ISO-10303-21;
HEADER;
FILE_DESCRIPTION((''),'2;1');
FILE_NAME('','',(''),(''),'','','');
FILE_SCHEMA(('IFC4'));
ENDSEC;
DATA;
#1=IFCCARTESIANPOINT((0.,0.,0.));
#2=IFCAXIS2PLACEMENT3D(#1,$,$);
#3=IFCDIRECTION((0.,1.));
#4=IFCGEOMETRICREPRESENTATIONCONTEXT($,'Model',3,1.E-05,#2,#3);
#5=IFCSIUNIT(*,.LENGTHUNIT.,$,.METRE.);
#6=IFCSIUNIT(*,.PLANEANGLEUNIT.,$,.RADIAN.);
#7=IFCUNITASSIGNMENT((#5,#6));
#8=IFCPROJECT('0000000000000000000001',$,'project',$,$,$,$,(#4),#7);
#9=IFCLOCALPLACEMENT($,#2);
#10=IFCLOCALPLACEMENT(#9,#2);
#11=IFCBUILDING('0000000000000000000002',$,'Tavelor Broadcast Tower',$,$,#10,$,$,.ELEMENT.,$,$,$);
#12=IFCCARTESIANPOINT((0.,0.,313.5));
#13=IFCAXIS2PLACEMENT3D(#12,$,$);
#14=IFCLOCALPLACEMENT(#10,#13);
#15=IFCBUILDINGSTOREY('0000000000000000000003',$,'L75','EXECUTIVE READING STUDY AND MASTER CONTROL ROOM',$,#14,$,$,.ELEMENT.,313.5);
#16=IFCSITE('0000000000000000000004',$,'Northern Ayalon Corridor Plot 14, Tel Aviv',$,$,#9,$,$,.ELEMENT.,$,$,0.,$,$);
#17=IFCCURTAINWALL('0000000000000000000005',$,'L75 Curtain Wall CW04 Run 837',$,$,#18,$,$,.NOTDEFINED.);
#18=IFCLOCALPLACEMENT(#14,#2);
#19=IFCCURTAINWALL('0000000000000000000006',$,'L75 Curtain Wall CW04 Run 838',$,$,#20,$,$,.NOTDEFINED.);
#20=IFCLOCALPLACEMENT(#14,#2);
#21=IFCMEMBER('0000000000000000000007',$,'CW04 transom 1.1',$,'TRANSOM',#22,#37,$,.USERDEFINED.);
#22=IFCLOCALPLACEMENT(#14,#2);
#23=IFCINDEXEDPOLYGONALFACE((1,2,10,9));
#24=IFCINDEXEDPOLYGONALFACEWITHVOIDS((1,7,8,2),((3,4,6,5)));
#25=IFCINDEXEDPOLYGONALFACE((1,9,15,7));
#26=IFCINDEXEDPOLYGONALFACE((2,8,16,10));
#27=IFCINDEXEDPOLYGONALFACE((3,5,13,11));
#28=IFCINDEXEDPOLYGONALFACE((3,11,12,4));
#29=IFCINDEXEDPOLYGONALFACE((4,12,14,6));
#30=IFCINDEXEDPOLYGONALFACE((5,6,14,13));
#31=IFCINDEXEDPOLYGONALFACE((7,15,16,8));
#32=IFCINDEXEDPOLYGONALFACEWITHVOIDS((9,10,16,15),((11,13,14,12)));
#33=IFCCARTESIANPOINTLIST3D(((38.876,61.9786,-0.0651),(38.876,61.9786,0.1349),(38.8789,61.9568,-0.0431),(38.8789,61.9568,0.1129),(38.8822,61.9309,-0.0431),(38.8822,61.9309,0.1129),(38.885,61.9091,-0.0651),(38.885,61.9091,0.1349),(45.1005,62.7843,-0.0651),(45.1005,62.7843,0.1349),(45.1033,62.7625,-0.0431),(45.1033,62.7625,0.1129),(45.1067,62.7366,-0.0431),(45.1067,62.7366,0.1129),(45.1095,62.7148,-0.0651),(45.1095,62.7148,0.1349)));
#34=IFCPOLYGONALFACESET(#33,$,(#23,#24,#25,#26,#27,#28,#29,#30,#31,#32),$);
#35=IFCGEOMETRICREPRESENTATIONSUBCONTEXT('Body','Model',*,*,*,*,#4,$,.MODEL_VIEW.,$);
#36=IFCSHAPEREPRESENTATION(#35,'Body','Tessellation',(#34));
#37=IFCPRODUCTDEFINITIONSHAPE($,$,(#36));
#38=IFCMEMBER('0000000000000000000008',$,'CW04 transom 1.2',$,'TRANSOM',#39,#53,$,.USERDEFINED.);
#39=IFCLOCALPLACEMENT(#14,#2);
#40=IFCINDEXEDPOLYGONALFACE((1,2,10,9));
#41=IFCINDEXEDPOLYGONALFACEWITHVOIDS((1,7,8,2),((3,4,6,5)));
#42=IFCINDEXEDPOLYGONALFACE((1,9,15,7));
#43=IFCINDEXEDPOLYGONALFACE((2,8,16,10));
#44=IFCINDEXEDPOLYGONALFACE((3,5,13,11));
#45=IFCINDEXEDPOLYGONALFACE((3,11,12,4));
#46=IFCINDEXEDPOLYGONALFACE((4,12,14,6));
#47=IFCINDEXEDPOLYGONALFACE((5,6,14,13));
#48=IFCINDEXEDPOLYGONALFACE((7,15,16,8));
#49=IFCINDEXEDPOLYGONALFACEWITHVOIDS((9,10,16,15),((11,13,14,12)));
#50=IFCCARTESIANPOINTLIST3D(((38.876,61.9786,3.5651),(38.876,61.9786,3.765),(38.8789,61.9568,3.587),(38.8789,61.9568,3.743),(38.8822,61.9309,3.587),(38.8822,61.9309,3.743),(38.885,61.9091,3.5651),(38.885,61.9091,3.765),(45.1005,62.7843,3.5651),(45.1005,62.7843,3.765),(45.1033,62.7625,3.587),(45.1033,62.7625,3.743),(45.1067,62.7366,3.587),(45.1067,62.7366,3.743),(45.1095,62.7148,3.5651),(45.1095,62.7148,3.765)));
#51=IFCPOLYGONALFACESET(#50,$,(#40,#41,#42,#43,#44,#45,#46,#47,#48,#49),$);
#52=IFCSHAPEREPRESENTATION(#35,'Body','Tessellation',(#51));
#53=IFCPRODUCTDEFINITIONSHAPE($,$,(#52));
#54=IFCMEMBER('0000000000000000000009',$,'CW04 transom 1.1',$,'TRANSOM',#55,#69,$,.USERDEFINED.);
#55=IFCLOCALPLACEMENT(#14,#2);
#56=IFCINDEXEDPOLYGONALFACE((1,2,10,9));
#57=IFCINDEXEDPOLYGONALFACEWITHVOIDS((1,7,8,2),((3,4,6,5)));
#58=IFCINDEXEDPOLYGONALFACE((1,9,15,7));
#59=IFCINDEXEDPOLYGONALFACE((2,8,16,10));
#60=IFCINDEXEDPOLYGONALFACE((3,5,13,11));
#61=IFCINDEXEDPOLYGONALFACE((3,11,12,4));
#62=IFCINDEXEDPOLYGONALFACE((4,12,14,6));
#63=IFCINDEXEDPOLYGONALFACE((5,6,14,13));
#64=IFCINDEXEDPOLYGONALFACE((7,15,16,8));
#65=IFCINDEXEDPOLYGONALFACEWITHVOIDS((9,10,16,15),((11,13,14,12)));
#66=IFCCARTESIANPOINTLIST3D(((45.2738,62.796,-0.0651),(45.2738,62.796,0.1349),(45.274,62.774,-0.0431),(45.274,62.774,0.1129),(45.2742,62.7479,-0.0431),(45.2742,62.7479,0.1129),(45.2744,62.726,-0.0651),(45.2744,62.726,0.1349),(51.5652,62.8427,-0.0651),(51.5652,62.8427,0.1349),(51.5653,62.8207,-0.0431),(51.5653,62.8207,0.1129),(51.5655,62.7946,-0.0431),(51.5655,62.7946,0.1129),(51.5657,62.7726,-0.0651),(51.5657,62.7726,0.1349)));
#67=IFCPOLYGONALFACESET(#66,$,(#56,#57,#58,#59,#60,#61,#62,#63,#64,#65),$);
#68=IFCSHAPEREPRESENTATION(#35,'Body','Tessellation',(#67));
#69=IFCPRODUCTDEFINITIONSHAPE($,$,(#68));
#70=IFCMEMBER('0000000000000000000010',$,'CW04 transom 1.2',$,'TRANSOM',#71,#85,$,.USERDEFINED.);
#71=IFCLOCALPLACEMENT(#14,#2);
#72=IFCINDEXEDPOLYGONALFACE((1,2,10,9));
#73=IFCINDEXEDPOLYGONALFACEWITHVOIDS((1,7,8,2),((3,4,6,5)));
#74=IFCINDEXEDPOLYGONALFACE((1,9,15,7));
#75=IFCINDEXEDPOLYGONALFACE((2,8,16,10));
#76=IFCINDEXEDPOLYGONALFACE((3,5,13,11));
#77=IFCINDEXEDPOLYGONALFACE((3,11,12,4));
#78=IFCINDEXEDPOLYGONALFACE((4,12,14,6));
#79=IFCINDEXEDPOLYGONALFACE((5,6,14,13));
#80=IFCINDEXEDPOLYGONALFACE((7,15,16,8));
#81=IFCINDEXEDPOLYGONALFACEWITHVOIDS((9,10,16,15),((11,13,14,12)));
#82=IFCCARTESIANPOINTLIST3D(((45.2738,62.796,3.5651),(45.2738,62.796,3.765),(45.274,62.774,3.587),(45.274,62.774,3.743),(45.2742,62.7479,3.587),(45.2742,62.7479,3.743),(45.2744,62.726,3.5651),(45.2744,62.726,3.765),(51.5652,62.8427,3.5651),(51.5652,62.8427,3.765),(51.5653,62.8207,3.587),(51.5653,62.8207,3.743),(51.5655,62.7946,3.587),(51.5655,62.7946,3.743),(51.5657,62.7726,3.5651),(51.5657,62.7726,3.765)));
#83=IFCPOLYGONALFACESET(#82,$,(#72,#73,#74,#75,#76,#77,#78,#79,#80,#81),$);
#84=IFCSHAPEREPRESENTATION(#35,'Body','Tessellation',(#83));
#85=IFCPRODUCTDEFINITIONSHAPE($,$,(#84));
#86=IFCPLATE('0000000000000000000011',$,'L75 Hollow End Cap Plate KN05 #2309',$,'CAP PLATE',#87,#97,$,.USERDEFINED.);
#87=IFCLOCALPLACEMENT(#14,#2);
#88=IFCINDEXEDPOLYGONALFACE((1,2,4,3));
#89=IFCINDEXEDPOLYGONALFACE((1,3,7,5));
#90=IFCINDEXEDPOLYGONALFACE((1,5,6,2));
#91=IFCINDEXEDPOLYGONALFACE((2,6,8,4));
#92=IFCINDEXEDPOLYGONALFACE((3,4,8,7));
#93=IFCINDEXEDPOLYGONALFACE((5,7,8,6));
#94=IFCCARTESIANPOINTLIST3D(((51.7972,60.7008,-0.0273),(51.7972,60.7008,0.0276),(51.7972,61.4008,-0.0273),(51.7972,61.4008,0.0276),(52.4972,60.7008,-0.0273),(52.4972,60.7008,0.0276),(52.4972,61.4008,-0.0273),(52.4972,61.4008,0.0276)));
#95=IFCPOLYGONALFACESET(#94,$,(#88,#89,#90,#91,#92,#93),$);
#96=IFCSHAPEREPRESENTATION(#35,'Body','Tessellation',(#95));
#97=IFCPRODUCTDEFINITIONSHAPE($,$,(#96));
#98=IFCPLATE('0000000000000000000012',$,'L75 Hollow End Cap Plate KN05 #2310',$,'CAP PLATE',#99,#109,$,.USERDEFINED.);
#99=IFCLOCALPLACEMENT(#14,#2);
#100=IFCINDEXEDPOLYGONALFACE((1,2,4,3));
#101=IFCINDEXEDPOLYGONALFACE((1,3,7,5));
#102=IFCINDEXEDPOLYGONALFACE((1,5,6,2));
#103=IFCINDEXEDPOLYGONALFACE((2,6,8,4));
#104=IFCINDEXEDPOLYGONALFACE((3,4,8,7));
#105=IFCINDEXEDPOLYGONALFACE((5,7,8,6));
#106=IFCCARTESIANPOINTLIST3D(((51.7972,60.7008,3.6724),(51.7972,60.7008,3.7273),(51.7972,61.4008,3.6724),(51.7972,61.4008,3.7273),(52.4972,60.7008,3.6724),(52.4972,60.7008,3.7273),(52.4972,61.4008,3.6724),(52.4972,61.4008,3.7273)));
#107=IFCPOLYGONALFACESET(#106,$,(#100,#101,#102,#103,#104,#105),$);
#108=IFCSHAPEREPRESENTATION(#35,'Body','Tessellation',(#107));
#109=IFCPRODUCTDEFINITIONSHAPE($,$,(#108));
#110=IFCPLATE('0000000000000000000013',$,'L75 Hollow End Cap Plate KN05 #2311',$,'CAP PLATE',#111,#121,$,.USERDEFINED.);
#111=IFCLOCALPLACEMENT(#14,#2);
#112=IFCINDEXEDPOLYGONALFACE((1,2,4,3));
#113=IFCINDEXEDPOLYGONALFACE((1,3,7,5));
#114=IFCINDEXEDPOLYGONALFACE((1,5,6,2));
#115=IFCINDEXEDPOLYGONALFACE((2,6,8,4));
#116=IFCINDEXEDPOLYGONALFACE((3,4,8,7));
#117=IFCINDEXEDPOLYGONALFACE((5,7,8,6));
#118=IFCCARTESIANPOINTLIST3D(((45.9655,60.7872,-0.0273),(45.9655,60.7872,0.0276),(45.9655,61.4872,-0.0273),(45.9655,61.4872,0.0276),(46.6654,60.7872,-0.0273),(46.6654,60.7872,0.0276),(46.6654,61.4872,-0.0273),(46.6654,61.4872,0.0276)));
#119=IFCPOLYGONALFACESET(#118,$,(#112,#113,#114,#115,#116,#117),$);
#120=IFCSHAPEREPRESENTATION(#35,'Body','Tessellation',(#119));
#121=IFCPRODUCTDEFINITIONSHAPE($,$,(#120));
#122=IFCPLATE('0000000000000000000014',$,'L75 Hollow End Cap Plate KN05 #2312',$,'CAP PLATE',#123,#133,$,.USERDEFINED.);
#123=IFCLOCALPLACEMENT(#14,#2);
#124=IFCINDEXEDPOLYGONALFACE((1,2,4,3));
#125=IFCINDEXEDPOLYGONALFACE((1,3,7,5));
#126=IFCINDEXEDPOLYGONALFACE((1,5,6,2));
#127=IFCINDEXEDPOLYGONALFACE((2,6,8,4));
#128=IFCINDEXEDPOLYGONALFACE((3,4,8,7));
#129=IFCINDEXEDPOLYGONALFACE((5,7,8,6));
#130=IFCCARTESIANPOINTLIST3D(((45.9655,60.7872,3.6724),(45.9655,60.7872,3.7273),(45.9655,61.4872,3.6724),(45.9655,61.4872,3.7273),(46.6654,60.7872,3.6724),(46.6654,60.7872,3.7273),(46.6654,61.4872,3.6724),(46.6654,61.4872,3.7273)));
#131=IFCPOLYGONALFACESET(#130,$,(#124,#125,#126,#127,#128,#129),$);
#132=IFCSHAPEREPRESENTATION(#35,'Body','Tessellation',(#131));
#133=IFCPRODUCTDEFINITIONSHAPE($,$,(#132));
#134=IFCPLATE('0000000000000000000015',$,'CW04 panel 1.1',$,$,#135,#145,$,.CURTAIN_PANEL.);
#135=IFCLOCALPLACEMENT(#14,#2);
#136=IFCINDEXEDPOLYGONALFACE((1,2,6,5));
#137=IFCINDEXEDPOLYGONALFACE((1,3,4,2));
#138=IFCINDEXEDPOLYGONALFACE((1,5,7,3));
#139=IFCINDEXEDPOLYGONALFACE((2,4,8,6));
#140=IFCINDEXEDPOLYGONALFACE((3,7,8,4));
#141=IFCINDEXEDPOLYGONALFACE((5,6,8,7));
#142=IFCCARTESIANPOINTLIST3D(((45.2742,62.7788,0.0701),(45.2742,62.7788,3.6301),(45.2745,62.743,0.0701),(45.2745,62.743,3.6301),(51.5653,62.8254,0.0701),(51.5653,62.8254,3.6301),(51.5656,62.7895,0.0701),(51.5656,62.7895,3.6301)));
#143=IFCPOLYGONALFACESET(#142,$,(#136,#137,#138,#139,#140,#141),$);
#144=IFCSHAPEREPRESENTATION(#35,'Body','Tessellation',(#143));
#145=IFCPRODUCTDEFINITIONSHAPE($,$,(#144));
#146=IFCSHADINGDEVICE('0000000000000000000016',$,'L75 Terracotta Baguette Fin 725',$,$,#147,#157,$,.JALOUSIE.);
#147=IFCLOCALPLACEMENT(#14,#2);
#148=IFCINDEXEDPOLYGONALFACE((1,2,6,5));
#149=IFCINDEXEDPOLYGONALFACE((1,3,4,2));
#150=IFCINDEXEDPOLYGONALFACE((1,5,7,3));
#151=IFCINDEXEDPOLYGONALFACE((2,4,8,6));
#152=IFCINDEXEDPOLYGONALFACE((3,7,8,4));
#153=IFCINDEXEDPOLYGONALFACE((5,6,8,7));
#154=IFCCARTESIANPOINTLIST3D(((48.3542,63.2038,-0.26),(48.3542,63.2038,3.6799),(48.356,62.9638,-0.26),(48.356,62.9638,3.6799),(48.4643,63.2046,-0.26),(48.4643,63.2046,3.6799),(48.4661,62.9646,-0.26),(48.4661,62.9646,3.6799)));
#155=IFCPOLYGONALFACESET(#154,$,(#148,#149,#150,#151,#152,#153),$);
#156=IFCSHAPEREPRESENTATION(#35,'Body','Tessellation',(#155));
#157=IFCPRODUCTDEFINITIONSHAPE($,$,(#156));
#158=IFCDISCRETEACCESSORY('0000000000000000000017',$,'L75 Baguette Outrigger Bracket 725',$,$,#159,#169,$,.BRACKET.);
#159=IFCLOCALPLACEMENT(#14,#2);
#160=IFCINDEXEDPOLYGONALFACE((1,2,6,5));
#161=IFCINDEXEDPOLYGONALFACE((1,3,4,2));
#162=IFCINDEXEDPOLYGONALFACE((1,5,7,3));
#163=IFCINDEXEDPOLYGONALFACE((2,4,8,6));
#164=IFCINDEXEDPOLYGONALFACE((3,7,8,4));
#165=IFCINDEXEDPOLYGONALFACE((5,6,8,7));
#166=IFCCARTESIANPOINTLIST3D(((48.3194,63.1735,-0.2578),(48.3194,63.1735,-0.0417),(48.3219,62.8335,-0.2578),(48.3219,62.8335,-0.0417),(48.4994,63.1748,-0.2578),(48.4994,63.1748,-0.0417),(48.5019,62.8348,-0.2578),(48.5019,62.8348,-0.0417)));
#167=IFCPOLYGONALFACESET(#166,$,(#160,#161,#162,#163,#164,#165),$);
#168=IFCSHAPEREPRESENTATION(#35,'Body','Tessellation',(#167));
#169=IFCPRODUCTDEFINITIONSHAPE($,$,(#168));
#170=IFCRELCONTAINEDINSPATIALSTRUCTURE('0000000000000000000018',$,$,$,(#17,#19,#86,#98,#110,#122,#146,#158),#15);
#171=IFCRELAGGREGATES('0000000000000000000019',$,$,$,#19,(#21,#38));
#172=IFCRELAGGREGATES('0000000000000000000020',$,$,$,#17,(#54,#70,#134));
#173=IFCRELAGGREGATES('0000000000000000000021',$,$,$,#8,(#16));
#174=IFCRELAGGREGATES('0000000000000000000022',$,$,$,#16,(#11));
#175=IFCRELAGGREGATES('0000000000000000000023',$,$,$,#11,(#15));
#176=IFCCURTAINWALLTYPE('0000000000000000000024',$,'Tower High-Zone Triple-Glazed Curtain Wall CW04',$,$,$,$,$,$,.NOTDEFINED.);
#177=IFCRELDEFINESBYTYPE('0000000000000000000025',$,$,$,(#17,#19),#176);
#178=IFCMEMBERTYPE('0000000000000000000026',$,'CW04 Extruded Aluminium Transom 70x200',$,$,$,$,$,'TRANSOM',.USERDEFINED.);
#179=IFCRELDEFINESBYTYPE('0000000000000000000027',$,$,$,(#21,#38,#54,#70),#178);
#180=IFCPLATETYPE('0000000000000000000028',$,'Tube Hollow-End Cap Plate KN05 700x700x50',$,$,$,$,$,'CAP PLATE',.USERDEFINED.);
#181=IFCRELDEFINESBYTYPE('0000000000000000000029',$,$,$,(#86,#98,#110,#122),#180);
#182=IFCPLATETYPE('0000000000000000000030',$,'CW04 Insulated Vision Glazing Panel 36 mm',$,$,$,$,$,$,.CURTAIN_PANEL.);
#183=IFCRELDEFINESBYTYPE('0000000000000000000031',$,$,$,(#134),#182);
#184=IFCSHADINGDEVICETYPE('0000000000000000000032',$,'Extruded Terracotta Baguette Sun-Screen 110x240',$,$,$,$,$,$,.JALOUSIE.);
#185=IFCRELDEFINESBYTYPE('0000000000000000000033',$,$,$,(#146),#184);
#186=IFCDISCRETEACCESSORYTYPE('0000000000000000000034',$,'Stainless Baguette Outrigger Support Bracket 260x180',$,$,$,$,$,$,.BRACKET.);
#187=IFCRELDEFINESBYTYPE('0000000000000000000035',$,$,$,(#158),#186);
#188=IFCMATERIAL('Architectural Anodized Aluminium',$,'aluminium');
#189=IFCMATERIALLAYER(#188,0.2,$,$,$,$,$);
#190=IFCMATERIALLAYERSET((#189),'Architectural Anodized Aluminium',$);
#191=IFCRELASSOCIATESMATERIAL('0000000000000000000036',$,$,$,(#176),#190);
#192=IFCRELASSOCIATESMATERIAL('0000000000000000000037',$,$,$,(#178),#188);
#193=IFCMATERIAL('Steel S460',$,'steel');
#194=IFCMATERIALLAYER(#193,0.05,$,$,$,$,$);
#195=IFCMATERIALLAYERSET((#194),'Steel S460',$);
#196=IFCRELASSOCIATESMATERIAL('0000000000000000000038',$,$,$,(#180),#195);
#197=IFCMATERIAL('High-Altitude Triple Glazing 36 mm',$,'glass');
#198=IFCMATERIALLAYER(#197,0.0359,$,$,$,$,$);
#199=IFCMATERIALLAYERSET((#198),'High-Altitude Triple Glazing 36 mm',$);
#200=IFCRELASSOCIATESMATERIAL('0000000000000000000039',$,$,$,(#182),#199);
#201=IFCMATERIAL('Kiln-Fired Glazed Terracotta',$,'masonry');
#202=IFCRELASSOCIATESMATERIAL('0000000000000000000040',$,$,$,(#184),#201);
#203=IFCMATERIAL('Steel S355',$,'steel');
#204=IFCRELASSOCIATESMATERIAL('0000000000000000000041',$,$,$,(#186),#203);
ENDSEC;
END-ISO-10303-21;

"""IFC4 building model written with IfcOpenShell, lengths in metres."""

from ifc_helpers import new_model, si_unit, direction, frame, origin, origin_2d, place, context, subcontext, project, spatial, rectangle, hollow_rectangle, extrude, source, transform, mapped, material, layer, layer_set, material_profile, profile_set, type_object, type_shapes, element, aggregate, save


model = new_model("IFC4")

# Units and contexts
model_context = context("Model", 3, precision=1e-05, world=origin(), true_north=direction((0.0, 1.0)))
body_context = subcontext(model_context, "Body", "Model", "MODEL_VIEW")
ifc_project = project(units=[si_unit("LENGTHUNIT", "METRE"), si_unit("PLANEANGLEUNIT", "RADIAN")], contexts=[model_context])

# Site, building, storey
site_placement = place(None, origin())
site = spatial("IfcSite", under=ifc_project, at=site_placement, Name="Northern Ayalon Corridor Plot 14, Tel Aviv", CompositionType="ELEMENT", RefElevation=0.0)
building_placement = place(site_placement, origin())
building = spatial("IfcBuilding", under=site, at=building_placement, Name="Tavelor Broadcast Tower", CompositionType="ELEMENT")
storey_placement = place(building_placement, frame((0.0, 0.0, 313.5)))
storey = spatial("IfcBuildingStorey", under=building, at=storey_placement, Name="L75", Description="EXECUTIVE READING STUDY AND MASTER CONTROL ROOM", CompositionType="ELEMENT", Elevation=313.5)

# Shared definitions
ifc_material_1 = material(Name="Steel S460", Category="steel")

# Shared definitions
ifc_material_2 = material(Name="Steel S355", Category="steel")

# Curtain walls, members
ifc_material_3 = material(Name="Architectural Anodized Aluminium", Category="aluminium")
ifc_layer_1 = layer(ifc_material_3, 0.2)
ifc_layer_set_1 = layer_set([ifc_layer_1], Name="Architectural Anodized Aluminium")
curtain_wall_type = type_object("IfcCurtainWallType", Name="Tower High-Zone Triple-Glazed Curtain Wall CW04", PredefinedType="NOTDEFINED", material=ifc_layer_set_1)
curtain_wall_1_placement = place(storey_placement, origin())
curtain_wall_1 = element("IfcCurtainWall", 1, at=curtain_wall_1_placement, inside=storey, type_object=curtain_wall_type, Name="L75 Curtain Wall CW04 Run 837", PredefinedType="NOTDEFINED")
curtain_wall_2_placement = place(storey_placement, origin())
curtain_wall_2 = element("IfcCurtainWall", 2, at=curtain_wall_2_placement, inside=storey, type_object=curtain_wall_type, Name="L75 Curtain Wall CW04 Run 838", PredefinedType="NOTDEFINED")
ifc_material_profile_1 = material_profile(ifc_material_3, hollow_rectangle(XDim=0.0701, YDim=0.2, WallThickness=0.022, at=origin_2d()), Name="RHS 70x200x22")
ifc_profile_set_1 = profile_set([ifc_material_profile_1], Name="Architectural Anodized Aluminium")
member_type_1 = type_object("IfcMemberType", Name="CW04 Extruded Aluminium Transom 70x200", ElementType="TRANSOM", PredefinedType="USERDEFINED", material=ifc_profile_set_1)
shared_shape_1 = source(origin(), body_context, "Body", "SweptSolid", [
    extrude(hollow_rectangle(XDim=0.0701, YDim=0.2, WallThickness=0.022, at=origin_2d()), origin(), (0.0, 0.0, 1.0), 6.2764),
])
member_1_placement = place(storey_placement, frame((45.105, 62.7495, 0.0349), z_axis=(-0.991727, -0.128366, 0.0), x_axis=(0.128366, -0.991727, 0.0)))
member_1 = element("IfcMember", 3, at=member_1_placement, type_object=member_type_1, Name="CW04 transom 1.1", ObjectType="TRANSOM", PredefinedType="USERDEFINED", context=body_context, shape_type="MappedRepresentation", body=[
    mapped(shared_shape_1, transform((0.0, 0.0, 0.0), scale=1.0)),
])
member_2_placement = place(storey_placement, frame((45.105, 62.7495, 3.665), z_axis=(-0.991727, -0.128366, 0.0), x_axis=(0.128366, -0.991727, 0.0)))
member_2 = element("IfcMember", 4, at=member_2_placement, type_object=member_type_1, Name="CW04 transom 1.2", ObjectType="TRANSOM", PredefinedType="USERDEFINED", context=body_context, shape_type="MappedRepresentation", body=[
    mapped(shared_shape_1, transform((0.0, 0.0, 0.0), scale=1.0)),
])
aggregate(curtain_wall_2, [member_1, member_2])

# Members
shared_shape_2 = source(origin(), body_context, "Body", "SweptSolid", [
    extrude(hollow_rectangle(XDim=0.0701, YDim=0.2, WallThickness=0.022, at=origin_2d()), origin(), (0.0, 0.0, 1.0), 6.2915),
])
type_shapes(member_type_1, [shared_shape_1, shared_shape_2])
member_3_placement = place(storey_placement, frame((51.5654, 62.8076, 0.0349), z_axis=(-0.999973, -0.007412, 0.0), x_axis=(0.007412, -0.999973, 0.0)))
member_3 = element("IfcMember", 5, at=member_3_placement, type_object=member_type_1, Name="CW04 transom 1.1", ObjectType="TRANSOM", PredefinedType="USERDEFINED", context=body_context, shape_type="MappedRepresentation", body=[
    mapped(shared_shape_2, transform((0.0, 0.0, 0.0), scale=1.0)),
])
member_4_placement = place(storey_placement, frame((51.5654, 62.8076, 3.665), z_axis=(-0.999973, -0.007412, 0.0), x_axis=(0.007412, -0.999973, 0.0)))
member_4 = element("IfcMember", 6, at=member_4_placement, type_object=member_type_1, Name="CW04 transom 1.2", ObjectType="TRANSOM", PredefinedType="USERDEFINED", context=body_context, shape_type="MappedRepresentation", body=[
    mapped(shared_shape_2, transform((0.0, 0.0, 0.0), scale=1.0)),
])

# Plates
ifc_layer_2 = layer(ifc_material_1, 0.05)
ifc_layer_set_2 = layer_set([ifc_layer_2], Name="Steel S460")
plate_type_1 = type_object("IfcPlateType", Name="Tube Hollow-End Cap Plate KN05 700x700x50", ElementType="CAP PLATE", PredefinedType="USERDEFINED", material=ifc_layer_set_2)
shared_shape_3 = source(origin(), body_context, "Body", "SweptSolid", [
    extrude(rectangle(XDim=0.7, YDim=0.7, at=origin_2d()), origin(), (0.0, 0.0, 1.0), 0.0549),
])
type_shapes(plate_type_1, [shared_shape_3])
for number, where, z_axis, x_axis, name in (
    (7, (52.1472, 61.0508, -0.0273), (0.0, 0.0, 1.0), (1.0, 0.0, 0.0), "L75 Hollow End Cap Plate KN05 #2309"),
    (8, (52.1472, 61.0508, 3.6724), (0.0, 0.0, 1.0), (1.0, 0.0, 0.0), "L75 Hollow End Cap Plate KN05 #2310"),
    (9, (46.3154, 61.1372, -0.0273), (0.0, 0.0, 1.0), (1.0, 0.0, 0.0), "L75 Hollow End Cap Plate KN05 #2311"),
    (10, (46.3154, 61.1372, 3.6724), (0.0, 0.0, 1.0), (1.0, 0.0, 0.0), "L75 Hollow End Cap Plate KN05 #2312"),
):
    element("IfcPlate", number, at=place(storey_placement, frame(where, z_axis=z_axis, x_axis=x_axis)), inside=storey, type_object=plate_type_1, Name=name, ObjectType="CAP PLATE", PredefinedType="USERDEFINED", context=body_context, shape_type="MappedRepresentation", body=[
        mapped(shared_shape_3, transform((0.0, 0.0, 0.0), scale=1.0)),
    ])

# Plate
ifc_material_4 = material(Name="High-Altitude Triple Glazing 36 mm", Category="glass")
ifc_layer_3 = layer(ifc_material_4, 0.0359)
ifc_layer_set_3 = layer_set([ifc_layer_3], Name="High-Altitude Triple Glazing 36 mm")
plate_type_2 = type_object("IfcPlateType", Name="CW04 Insulated Vision Glazing Panel 36 mm", PredefinedType="CURTAIN_PANEL", material=ifc_layer_set_3)
shared_shape_4 = source(origin(), body_context, "Body", "SweptSolid", [
    extrude(rectangle(XDim=6.2913, YDim=0.0359, at=origin_2d()), origin(), (0.0, 0.0, 1.0), 3.5601),
])
type_shapes(plate_type_2, [shared_shape_4])
plate_placement = place(storey_placement, frame((48.4199, 62.7842, 0.0701), z_axis=(0.0, 0.0, 1.0), x_axis=(-0.999973, -0.007401, 0.0)))
plate = element("IfcPlate", 11, at=plate_placement, type_object=plate_type_2, Name="CW04 panel 1.1", PredefinedType="CURTAIN_PANEL", context=body_context, shape_type="MappedRepresentation", body=[
    mapped(shared_shape_4, transform((0.0, 0.0, 0.0), scale=1.0)),
])
aggregate(curtain_wall_1, [member_3, member_4, plate])

# Shading device
ifc_material_5 = material(Name="Kiln-Fired Glazed Terracotta", Category="masonry")
shading_device_type = type_object("IfcShadingDeviceType", Name="Extruded Terracotta Baguette Sun-Screen 110x240", PredefinedType="JALOUSIE", material=ifc_material_5)
shared_shape_5 = source(origin(), body_context, "Body", "SweptSolid", [
    extrude(rectangle(XDim=0.1101, YDim=0.24, at=origin_2d()), origin(), (0.0, 0.0, 1.0), 3.9399),
])
type_shapes(shading_device_type, [shared_shape_5])
shading_device_placement = place(storey_placement, frame((48.4102, 63.0842, -0.26), z_axis=(0.0, 0.0, 1.0), x_axis=(-0.999973, -0.00733, 0.0)))
element("IfcShadingDevice", 12, at=shading_device_placement, inside=storey, type_object=shading_device_type, Name="L75 Terracotta Baguette Fin 725", PredefinedType="JALOUSIE", context=body_context, shape_type="MappedRepresentation", body=[
    mapped(shared_shape_5, transform((0.0, 0.0, 0.0), scale=1.0)),
])

# Discrete accessory
discrete_accessory_type = type_object("IfcDiscreteAccessoryType", Name="Stainless Baguette Outrigger Support Bracket 260x180", PredefinedType="BRACKET", material=ifc_material_2)
shared_shape_6 = source(origin(), body_context, "Body", "SweptSolid", [
    extrude(rectangle(XDim=0.1799, YDim=0.3401, at=origin_2d()), origin(), (0.0, 0.0, 1.0), 0.2161),
])
type_shapes(discrete_accessory_type, [shared_shape_6])
discrete_accessory_placement = place(storey_placement, frame((48.4106, 63.0042, -0.2578), z_axis=(0.0, 0.0, 1.0), x_axis=(-0.999973, -0.00733, 0.0)))
element("IfcDiscreteAccessory", 13, at=discrete_accessory_placement, inside=storey, type_object=discrete_accessory_type, Name="L75 Baguette Outrigger Bracket 725", PredefinedType="BRACKET", context=body_context, shape_type="MappedRepresentation", body=[
    mapped(shared_shape_6, transform((0.0, 0.0, 0.0), scale=1.0)),
])

save(model, "model.ifc")
